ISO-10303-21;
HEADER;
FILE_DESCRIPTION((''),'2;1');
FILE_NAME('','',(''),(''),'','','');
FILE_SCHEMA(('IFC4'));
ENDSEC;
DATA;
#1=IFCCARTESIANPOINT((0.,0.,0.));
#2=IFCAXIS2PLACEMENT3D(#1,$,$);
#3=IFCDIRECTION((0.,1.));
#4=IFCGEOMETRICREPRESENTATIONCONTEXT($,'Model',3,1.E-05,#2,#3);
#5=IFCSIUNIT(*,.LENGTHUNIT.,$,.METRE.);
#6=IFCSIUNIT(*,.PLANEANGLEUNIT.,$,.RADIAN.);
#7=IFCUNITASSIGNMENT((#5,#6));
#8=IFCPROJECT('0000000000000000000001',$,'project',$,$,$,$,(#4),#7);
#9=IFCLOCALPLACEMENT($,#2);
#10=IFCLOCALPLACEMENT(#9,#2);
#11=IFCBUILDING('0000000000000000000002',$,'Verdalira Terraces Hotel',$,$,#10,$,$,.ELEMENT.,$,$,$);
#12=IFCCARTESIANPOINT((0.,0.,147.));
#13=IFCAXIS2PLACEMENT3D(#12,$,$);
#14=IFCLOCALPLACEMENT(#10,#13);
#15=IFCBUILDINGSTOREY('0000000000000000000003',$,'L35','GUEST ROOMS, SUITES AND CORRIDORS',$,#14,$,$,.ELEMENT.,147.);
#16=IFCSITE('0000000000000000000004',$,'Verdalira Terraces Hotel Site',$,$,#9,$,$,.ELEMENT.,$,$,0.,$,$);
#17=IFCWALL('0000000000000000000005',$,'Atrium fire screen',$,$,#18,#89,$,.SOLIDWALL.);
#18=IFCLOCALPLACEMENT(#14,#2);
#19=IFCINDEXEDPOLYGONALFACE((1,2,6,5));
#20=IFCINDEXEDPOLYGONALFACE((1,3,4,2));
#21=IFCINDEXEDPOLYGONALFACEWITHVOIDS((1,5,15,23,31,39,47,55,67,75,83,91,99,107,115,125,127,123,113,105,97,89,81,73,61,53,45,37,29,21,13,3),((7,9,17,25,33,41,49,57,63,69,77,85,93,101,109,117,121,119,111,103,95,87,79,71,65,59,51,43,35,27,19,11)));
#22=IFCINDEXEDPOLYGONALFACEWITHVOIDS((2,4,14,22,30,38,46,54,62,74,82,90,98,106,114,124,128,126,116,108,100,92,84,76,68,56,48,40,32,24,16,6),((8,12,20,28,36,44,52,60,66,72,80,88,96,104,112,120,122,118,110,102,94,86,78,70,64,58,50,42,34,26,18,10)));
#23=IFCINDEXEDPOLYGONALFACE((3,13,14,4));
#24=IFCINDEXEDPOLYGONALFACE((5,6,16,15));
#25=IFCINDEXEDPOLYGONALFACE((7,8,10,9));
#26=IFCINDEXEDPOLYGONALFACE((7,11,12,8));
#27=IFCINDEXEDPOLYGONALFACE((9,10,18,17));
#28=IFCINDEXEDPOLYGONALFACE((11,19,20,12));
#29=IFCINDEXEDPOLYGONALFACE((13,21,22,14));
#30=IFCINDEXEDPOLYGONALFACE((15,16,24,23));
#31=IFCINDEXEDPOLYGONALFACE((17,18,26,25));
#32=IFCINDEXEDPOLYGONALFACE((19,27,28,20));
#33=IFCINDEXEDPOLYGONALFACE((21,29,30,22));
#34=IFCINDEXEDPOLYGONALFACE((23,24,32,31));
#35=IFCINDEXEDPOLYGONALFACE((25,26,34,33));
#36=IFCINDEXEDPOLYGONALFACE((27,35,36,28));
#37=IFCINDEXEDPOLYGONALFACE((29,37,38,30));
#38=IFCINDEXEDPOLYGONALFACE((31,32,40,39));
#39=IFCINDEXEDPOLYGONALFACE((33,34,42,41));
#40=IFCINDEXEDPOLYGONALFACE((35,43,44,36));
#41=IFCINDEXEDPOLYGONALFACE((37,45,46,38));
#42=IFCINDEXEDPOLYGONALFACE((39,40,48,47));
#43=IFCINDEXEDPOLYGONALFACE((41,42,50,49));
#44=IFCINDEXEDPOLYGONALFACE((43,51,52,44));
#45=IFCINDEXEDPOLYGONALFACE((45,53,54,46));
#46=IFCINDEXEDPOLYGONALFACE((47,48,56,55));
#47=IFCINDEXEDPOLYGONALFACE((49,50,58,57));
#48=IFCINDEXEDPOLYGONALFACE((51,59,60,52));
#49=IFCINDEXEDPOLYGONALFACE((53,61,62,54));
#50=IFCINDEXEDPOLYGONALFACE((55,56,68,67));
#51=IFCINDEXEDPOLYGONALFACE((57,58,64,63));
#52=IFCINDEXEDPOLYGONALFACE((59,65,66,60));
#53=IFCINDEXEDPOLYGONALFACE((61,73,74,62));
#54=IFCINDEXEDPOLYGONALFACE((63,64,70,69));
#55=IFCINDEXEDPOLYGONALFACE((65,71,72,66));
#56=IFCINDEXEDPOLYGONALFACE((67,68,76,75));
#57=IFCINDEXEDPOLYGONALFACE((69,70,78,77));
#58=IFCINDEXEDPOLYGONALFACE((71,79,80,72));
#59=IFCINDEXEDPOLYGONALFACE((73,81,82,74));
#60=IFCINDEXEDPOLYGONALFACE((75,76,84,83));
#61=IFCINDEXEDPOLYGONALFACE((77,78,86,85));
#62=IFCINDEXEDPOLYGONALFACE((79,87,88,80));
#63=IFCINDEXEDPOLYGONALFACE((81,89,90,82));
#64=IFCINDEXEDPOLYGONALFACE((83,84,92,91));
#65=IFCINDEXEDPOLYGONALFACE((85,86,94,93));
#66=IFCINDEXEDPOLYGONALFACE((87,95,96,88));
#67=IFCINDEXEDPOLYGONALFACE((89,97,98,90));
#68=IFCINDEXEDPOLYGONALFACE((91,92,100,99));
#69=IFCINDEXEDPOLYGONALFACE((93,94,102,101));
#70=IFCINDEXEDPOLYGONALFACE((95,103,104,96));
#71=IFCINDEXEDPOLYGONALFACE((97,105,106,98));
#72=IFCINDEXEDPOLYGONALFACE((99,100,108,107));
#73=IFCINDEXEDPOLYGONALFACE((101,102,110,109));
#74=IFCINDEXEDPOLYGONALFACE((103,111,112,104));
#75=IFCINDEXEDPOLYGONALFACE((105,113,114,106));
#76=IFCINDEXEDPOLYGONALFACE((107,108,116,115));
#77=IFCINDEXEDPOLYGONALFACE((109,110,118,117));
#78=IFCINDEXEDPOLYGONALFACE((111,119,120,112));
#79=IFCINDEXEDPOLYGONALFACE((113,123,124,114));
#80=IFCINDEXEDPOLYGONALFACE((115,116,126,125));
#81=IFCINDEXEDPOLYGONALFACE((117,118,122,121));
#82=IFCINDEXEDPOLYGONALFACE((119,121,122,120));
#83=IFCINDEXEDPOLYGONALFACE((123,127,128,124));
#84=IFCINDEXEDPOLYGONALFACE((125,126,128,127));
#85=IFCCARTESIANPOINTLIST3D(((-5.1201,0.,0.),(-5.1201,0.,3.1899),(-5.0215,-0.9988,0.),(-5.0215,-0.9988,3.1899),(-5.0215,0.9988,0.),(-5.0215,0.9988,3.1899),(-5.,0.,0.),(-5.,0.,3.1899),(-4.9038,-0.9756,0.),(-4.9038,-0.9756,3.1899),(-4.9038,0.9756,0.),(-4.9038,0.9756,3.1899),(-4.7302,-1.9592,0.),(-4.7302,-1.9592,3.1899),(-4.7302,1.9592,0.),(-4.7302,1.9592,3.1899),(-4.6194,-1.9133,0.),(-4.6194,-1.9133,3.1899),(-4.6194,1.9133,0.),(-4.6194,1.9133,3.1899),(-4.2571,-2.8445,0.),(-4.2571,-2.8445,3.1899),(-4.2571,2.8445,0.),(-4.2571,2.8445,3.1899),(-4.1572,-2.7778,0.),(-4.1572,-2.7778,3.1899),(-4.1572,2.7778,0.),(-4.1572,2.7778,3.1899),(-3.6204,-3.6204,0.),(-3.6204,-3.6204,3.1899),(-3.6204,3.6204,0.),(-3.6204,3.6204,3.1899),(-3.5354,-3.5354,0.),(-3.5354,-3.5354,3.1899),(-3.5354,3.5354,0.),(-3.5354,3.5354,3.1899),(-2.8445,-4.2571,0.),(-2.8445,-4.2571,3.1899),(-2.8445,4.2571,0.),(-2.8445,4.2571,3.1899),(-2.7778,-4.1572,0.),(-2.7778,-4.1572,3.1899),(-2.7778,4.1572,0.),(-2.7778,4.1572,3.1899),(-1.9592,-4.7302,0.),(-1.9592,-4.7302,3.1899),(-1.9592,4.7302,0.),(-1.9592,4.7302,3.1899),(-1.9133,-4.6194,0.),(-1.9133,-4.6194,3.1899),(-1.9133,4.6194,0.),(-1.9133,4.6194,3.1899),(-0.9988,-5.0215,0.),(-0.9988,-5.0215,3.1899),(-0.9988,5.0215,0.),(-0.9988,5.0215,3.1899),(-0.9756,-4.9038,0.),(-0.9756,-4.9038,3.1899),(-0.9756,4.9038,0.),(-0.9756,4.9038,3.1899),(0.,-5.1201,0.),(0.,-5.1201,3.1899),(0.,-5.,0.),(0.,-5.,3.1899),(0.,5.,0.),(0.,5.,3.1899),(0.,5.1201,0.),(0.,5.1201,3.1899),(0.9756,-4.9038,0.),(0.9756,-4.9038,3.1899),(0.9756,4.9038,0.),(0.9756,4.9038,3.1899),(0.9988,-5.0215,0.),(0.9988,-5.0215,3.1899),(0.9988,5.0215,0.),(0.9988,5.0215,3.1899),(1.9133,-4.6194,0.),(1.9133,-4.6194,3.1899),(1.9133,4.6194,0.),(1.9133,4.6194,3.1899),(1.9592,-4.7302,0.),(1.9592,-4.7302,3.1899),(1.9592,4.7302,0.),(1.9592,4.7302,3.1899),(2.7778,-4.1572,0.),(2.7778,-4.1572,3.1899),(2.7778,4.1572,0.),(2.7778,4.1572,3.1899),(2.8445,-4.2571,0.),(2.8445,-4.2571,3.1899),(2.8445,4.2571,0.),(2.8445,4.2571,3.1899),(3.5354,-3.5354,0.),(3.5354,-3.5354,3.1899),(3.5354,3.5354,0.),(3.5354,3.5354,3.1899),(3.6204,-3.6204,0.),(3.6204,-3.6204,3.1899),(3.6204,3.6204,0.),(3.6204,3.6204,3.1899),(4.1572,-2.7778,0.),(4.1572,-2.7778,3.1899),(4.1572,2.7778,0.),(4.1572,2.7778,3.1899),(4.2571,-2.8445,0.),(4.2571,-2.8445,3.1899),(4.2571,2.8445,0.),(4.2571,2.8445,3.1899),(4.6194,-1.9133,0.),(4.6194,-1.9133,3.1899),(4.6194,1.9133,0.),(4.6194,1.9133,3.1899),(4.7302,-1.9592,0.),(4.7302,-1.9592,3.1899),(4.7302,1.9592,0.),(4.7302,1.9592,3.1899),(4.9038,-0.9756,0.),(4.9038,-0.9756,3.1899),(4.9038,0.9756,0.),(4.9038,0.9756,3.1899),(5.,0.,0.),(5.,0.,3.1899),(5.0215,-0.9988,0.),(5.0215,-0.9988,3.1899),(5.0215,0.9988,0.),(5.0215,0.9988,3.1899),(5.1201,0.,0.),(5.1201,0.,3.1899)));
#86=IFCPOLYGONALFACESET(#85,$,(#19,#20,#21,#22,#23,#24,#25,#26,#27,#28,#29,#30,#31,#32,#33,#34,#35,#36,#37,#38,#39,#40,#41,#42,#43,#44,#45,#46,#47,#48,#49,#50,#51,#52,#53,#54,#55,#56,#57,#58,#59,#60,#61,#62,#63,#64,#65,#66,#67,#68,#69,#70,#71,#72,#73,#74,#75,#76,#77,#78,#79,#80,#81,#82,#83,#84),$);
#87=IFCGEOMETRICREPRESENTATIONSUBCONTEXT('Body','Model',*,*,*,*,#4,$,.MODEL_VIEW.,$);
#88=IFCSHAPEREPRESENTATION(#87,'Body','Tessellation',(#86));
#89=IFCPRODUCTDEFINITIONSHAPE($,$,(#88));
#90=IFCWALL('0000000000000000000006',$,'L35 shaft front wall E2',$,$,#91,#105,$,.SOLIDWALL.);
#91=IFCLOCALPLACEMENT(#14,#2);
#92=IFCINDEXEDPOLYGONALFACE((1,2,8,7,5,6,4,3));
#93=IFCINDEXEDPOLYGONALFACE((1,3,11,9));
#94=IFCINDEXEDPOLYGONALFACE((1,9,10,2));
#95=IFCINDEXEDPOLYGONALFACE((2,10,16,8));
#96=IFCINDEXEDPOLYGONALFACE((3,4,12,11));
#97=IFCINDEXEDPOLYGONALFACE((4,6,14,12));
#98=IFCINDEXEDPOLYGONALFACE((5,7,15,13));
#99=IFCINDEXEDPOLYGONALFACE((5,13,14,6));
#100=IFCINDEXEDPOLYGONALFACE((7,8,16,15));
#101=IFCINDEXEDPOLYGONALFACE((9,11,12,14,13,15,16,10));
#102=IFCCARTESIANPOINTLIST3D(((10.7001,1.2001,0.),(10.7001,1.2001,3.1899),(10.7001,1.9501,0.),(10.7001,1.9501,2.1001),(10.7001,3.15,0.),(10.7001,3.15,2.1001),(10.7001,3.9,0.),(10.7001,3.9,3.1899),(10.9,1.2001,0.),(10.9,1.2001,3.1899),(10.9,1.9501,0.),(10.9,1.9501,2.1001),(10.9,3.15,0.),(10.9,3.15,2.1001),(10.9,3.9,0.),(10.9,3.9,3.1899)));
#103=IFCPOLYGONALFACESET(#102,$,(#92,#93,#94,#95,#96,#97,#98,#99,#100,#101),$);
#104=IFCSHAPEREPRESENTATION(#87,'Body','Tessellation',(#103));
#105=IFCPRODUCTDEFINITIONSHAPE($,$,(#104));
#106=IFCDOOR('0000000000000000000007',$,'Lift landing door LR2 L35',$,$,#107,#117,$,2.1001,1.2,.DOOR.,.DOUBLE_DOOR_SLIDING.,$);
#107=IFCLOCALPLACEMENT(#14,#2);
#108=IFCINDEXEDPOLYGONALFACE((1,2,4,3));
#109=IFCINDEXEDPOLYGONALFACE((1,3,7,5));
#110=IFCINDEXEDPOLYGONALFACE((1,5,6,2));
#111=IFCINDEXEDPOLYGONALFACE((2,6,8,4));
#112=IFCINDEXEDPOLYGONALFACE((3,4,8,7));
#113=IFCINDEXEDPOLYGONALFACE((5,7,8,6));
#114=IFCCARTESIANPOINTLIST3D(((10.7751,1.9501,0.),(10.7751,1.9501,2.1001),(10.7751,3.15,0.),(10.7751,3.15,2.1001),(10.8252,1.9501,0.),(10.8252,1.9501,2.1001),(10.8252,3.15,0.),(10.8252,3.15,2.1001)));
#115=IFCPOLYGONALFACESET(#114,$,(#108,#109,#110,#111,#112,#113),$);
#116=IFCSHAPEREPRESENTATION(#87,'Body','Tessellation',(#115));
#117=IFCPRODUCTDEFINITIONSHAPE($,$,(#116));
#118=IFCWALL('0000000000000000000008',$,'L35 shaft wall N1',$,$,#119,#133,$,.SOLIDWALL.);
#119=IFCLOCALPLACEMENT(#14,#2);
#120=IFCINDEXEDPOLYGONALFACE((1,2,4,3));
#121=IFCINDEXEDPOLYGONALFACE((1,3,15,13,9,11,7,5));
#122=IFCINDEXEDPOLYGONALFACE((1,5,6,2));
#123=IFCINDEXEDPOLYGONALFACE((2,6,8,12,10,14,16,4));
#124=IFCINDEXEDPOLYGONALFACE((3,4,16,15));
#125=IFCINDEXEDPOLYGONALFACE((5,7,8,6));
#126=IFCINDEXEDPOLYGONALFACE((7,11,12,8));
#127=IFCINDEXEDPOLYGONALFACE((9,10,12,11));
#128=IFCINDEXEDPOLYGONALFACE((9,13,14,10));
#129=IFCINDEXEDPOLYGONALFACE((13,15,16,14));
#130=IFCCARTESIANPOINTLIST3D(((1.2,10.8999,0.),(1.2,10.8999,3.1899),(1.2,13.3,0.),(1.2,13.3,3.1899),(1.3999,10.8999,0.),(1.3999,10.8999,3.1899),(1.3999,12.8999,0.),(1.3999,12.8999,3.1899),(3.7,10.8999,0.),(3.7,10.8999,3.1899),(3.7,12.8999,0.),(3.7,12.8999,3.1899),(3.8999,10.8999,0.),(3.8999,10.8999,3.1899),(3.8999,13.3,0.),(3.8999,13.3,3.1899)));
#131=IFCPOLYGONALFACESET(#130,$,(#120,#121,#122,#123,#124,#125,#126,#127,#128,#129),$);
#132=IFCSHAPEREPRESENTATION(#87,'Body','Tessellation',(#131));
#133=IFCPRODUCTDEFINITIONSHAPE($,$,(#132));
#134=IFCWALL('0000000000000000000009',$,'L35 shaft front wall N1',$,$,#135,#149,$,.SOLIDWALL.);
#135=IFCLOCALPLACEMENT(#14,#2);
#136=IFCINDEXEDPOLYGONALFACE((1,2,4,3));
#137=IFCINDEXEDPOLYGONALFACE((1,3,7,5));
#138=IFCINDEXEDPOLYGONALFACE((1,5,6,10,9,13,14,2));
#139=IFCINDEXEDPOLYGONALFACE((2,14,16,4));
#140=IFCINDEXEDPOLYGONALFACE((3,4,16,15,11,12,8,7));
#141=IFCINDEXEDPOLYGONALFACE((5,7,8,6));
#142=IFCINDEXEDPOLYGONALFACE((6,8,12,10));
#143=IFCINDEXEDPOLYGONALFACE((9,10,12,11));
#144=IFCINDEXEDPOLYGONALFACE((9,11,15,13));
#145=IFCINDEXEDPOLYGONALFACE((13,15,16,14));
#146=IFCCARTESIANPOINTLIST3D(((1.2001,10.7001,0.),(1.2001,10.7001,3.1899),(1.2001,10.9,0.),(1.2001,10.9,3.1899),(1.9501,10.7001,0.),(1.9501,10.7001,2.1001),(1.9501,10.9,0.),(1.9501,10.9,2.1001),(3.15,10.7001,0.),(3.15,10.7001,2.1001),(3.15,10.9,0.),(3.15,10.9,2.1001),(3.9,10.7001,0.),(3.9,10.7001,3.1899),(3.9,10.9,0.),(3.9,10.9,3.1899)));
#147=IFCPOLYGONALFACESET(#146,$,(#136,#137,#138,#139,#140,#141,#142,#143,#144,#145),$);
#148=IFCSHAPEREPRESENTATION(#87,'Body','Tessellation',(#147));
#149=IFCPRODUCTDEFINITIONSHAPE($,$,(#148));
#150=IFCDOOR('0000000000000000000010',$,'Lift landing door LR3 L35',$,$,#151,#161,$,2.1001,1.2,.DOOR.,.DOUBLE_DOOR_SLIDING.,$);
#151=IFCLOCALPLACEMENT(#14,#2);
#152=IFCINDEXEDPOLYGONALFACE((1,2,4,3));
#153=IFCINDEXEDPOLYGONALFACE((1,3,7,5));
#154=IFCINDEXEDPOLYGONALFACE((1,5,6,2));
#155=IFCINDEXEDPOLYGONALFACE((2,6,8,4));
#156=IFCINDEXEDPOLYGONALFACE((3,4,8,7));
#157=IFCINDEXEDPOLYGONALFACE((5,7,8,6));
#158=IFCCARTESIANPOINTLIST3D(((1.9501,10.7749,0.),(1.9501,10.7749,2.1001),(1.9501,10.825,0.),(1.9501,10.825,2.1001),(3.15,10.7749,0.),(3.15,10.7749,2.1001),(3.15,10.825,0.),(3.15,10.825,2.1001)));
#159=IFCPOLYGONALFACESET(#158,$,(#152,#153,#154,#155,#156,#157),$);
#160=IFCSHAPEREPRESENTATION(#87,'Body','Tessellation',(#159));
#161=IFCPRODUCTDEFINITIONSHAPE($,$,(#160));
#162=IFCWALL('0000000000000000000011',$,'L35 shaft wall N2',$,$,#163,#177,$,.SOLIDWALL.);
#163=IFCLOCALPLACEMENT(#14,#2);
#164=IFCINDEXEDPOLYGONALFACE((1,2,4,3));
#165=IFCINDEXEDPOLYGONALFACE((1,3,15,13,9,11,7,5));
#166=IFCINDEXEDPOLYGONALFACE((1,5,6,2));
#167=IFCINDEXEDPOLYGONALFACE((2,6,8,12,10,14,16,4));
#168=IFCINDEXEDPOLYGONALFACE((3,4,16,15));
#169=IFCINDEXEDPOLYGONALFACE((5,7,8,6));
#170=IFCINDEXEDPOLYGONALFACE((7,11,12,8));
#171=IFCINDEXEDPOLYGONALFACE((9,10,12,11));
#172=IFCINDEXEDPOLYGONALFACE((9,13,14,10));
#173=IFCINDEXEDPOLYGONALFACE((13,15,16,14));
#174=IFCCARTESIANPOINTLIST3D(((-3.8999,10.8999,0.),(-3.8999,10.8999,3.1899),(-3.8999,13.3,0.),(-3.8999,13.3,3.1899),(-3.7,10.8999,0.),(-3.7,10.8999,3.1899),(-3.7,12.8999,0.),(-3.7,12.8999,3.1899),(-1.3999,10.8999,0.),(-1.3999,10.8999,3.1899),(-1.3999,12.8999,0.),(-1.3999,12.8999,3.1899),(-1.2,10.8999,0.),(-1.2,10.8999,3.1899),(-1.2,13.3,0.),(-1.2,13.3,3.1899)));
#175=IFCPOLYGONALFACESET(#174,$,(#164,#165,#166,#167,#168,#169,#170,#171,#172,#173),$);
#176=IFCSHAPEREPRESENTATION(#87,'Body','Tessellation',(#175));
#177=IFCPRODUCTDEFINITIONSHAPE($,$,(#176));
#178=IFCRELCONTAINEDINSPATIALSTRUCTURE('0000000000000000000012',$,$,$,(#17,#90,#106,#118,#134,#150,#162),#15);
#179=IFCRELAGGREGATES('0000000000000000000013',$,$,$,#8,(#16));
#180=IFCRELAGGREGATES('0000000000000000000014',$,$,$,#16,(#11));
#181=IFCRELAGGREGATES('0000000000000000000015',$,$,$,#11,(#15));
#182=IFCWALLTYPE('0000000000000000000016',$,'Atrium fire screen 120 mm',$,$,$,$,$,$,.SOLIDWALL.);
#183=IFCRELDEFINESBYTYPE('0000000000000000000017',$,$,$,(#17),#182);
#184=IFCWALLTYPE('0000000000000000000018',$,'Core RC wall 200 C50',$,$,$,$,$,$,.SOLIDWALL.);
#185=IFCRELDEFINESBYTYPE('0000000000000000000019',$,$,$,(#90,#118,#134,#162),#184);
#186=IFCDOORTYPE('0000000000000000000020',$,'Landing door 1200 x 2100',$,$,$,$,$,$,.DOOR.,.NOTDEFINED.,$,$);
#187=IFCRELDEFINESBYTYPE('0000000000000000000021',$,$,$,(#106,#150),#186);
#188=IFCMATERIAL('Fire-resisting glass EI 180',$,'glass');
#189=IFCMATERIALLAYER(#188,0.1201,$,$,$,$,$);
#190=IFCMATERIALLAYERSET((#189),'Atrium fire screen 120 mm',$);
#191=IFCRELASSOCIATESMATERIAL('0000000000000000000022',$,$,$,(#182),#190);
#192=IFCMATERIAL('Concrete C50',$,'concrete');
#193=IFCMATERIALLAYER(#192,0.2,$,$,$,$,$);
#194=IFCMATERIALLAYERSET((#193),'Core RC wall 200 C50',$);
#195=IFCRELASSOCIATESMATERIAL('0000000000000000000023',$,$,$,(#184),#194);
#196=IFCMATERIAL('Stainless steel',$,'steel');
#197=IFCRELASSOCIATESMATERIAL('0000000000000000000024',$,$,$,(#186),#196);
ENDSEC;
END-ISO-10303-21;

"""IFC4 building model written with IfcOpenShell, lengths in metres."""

from ifc_helpers import new_model, si_unit, direction, frame, frame_2d, origin, place, context, subcontext, project, spatial, polyline, rectangle, outline, extrude, material, layer, layer_set, type_object, element, fill, save


model = new_model("IFC4")

# Units and contexts
model_context = context("Model", 3, precision=1e-05, world=origin(), true_north=direction((0.0, 1.0)))
body_context = subcontext(model_context, "Body", "Model", "MODEL_VIEW")
ifc_project = project(units=[si_unit("LENGTHUNIT", "METRE"), si_unit("PLANEANGLEUNIT", "RADIAN")], contexts=[model_context])

# Site, building, storey
site_placement = place(None, origin())
site = spatial("IfcSite", under=ifc_project, at=site_placement, Name="Verdalira Terraces Hotel Site", CompositionType="ELEMENT", RefElevation=0.0)
building_placement = place(site_placement, origin())
building = spatial("IfcBuilding", under=site, at=building_placement, Name="Verdalira Terraces Hotel", CompositionType="ELEMENT")
storey_placement = place(building_placement, frame((0.0, 0.0, 147.0)))
storey = spatial("IfcBuildingStorey", under=building, at=storey_placement, Name="L35", Description="GUEST ROOMS, SUITES AND CORRIDORS", CompositionType="ELEMENT", Elevation=147.0)

# Wall
ifc_material_1 = material(Name="Fire-resisting glass EI 180", Category="glass")
ifc_layer_1 = layer(ifc_material_1, 0.1201)
ifc_layer_set_1 = layer_set([ifc_layer_1], Name="Atrium fire screen 120 mm")
wall_type_1 = type_object("IfcWallType", Name="Atrium fire screen 120 mm", PredefinedType="SOLIDWALL", material=ifc_layer_set_1)
wall_1_placement = place(storey_placement, origin())
element("IfcWall", 1, at=wall_1_placement, inside=storey, type_object=wall_type_1, Name="Atrium fire screen", PredefinedType="SOLIDWALL", context=body_context, shape_type="SweptSolid", body=[
    extrude(outline(polyline([(5.0215, -0.9988), (4.7302, -1.9592), (4.2571, -2.8445), (3.6204, -3.6204), (2.8445, -4.2571), (1.9592, -4.7302), (0.9988, -5.0215), (0.0, -5.1201), (-0.9988, -5.0215), (-1.9592, -4.7302), (-2.8445, -4.2571), (-3.6204, -3.6204), (-4.2571, -2.8445), (-4.7302, -1.9592), (-5.0215, -0.9988), (-5.1201, 0.0), (-5.0215, 0.9988), (-4.7302, 1.9592), (-4.2571, 2.8445), (-3.6204, 3.6204), (-2.8445, 4.2571), (-1.9592, 4.7302), (-0.9988, 5.0215), (0.0, 5.1201), (0.9988, 5.0215), (1.9592, 4.7302), (2.8445, 4.2571), (3.6204, 3.6204), (4.2571, 2.8445), (4.7302, 1.9592), (5.0215, 0.9988), (5.1201, 0.0), (5.0215, -0.9988)]), holes=[polyline([(4.9038, 0.9756), (4.6194, 1.9133), (4.1572, 2.7778), (3.5354, 3.5354), (2.7778, 4.1572), (1.9133, 4.6194), (0.9756, 4.9038), (0.0, 5.0), (-0.9756, 4.9038), (-1.9133, 4.6194), (-2.7778, 4.1572), (-3.5354, 3.5354), (-4.1572, 2.7778), (-4.6194, 1.9133), (-4.9038, 0.9756), (-5.0, 0.0), (-4.9038, -0.9756), (-4.6194, -1.9133), (-4.1572, -2.7778), (-3.5354, -3.5354), (-2.7778, -4.1572), (-1.9133, -4.6194), (-0.9756, -4.9038), (0.0, -5.0), (0.9756, -4.9038), (1.9133, -4.6194), (2.7778, -4.1572), (3.5354, -3.5354), (4.1572, -2.7778), (4.6194, -1.9133), (4.9038, -0.9756), (5.0, 0.0), (4.9038, 0.9756)])]), origin(), (0.0, 0.0, 1.0), 3.1899),
])

# Wall, opening, door
ifc_material_2 = material(Name="Concrete C50", Category="concrete")
ifc_layer_2 = layer(ifc_material_2, 0.2)
ifc_layer_set_2 = layer_set([ifc_layer_2], Name="Core RC wall 200 C50")
wall_type_2 = type_object("IfcWallType", Name="Core RC wall 200 C50", PredefinedType="SOLIDWALL", material=ifc_layer_set_2)
wall_2_placement = place(storey_placement, frame((10.8, 1.2, 0.0), z_axis=(0.0, 0.0, 1.0), x_axis=(0.0, 1.0, 0.0)))
wall_2 = element("IfcWall", 2, at=wall_2_placement, inside=storey, type_object=wall_type_2, Name="L35 shaft front wall E2", PredefinedType="SOLIDWALL", context=body_context, shape_type="SweptSolid", body=[
    extrude(rectangle(XDim=2.7, YDim=0.2, at=frame_2d((1.3501, 0.0))), origin(), (0.0, 0.0, 1.0), 3.1899),
])
opening_1_placement = place(wall_2_placement, frame((0.75, 0.0, 0.0)))
opening_1 = element("IfcOpeningElement", 3, at=opening_1_placement, cuts=wall_2, PredefinedType="OPENING", context=body_context, shape_type="SweptSolid", body=[
    extrude(rectangle(XDim=1.2, YDim=2.1001, at=frame_2d((0.6001, 1.05))), frame((0.0, 0.1099, 0.0), z_axis=(0.0, -1.0, 0.0), x_axis=(1.0, 0.0, 0.0)), (0.0, 0.0, 1.0), 0.22),
])
ifc_material_3 = material(Name="Stainless steel", Category="steel")
door_type_1 = type_object("IfcDoorType", Name="Landing door 1200 x 2100", OperationType="NOTDEFINED", PredefinedType="DOOR", material=ifc_material_3)
door_1_placement = place(opening_1_placement, origin())
door_1 = element("IfcDoor", 4, at=door_1_placement, inside=storey, type_object=door_type_1, Name="Lift landing door LR2 L35", OperationType="DOUBLE_DOOR_SLIDING", OverallHeight=2.1001, OverallWidth=1.2, PredefinedType="DOOR", context=body_context, shape_type="SweptSolid", body=[
    extrude(rectangle(XDim=1.2, YDim=2.1001, at=frame_2d((0.6001, 1.05))), frame((0.0, 0.0249, 0.0), z_axis=(0.0, -1.0, 0.0), x_axis=(1.0, 0.0, 0.0)), (0.0, 0.0, 1.0), 0.05),
])
fill(opening_1, door_1)

# Wall
wall_3_placement = place(storey_placement, origin())
element("IfcWall", 5, at=wall_3_placement, inside=storey, type_object=wall_type_2, Name="L35 shaft wall N1", PredefinedType="SOLIDWALL", context=body_context, shape_type="SweptSolid", body=[
    extrude(outline(polyline([(3.8999, 13.3), (3.8999, 10.8999), (3.7, 10.8999), (3.7, 12.8999), (1.3999, 12.8999), (1.3999, 10.8999), (1.2, 10.8999), (1.2, 13.3), (3.8999, 13.3)])), origin(), (0.0, 0.0, 1.0), 3.1899),
])

# Wall, opening, door
wall_4_placement = place(storey_placement, frame((1.2, 10.8, 0.0), z_axis=(0.0, 0.0, 1.0), x_axis=(1.0, 0.0, 0.0)))
wall_4 = element("IfcWall", 6, at=wall_4_placement, inside=storey, type_object=wall_type_2, Name="L35 shaft front wall N1", PredefinedType="SOLIDWALL", context=body_context, shape_type="SweptSolid", body=[
    extrude(rectangle(XDim=2.7, YDim=0.2, at=frame_2d((1.3501, 0.0))), origin(), (0.0, 0.0, 1.0), 3.1899),
])
opening_2_placement = place(wall_4_placement, frame((0.75, 0.0, 0.0)))
opening_2 = element("IfcOpeningElement", 7, at=opening_2_placement, cuts=wall_4, PredefinedType="OPENING", context=body_context, shape_type="SweptSolid", body=[
    extrude(rectangle(XDim=1.2, YDim=2.1001, at=frame_2d((0.6001, 1.05))), frame((0.0, 0.1099, 0.0), z_axis=(0.0, -1.0, 0.0), x_axis=(1.0, 0.0, 0.0)), (0.0, 0.0, 1.0), 0.22),
])
door_2_placement = place(opening_2_placement, origin())
door_2 = element("IfcDoor", 8, at=door_2_placement, inside=storey, type_object=door_type_1, Name="Lift landing door LR3 L35", OperationType="DOUBLE_DOOR_SLIDING", OverallHeight=2.1001, OverallWidth=1.2, PredefinedType="DOOR", context=body_context, shape_type="SweptSolid", body=[
    extrude(rectangle(XDim=1.2, YDim=2.1001, at=frame_2d((0.6001, 1.05))), frame((0.0, 0.0249, 0.0), z_axis=(0.0, -1.0, 0.0), x_axis=(1.0, 0.0, 0.0)), (0.0, 0.0, 1.0), 0.05),
])
fill(opening_2, door_2)

# Wall
wall_5_placement = place(storey_placement, origin())
element("IfcWall", 9, at=wall_5_placement, inside=storey, type_object=wall_type_2, Name="L35 shaft wall N2", PredefinedType="SOLIDWALL", context=body_context, shape_type="SweptSolid", body=[
    extrude(outline(polyline([(-3.8999, 10.8999), (-3.8999, 13.3), (-1.2, 13.3), (-1.2, 10.8999), (-1.3999, 10.8999), (-1.3999, 12.8999), (-3.7, 12.8999), (-3.7, 10.8999), (-3.8999, 10.8999)])), origin(), (0.0, 0.0, 1.0), 3.1899),
])

save(model, "model.ifc")
